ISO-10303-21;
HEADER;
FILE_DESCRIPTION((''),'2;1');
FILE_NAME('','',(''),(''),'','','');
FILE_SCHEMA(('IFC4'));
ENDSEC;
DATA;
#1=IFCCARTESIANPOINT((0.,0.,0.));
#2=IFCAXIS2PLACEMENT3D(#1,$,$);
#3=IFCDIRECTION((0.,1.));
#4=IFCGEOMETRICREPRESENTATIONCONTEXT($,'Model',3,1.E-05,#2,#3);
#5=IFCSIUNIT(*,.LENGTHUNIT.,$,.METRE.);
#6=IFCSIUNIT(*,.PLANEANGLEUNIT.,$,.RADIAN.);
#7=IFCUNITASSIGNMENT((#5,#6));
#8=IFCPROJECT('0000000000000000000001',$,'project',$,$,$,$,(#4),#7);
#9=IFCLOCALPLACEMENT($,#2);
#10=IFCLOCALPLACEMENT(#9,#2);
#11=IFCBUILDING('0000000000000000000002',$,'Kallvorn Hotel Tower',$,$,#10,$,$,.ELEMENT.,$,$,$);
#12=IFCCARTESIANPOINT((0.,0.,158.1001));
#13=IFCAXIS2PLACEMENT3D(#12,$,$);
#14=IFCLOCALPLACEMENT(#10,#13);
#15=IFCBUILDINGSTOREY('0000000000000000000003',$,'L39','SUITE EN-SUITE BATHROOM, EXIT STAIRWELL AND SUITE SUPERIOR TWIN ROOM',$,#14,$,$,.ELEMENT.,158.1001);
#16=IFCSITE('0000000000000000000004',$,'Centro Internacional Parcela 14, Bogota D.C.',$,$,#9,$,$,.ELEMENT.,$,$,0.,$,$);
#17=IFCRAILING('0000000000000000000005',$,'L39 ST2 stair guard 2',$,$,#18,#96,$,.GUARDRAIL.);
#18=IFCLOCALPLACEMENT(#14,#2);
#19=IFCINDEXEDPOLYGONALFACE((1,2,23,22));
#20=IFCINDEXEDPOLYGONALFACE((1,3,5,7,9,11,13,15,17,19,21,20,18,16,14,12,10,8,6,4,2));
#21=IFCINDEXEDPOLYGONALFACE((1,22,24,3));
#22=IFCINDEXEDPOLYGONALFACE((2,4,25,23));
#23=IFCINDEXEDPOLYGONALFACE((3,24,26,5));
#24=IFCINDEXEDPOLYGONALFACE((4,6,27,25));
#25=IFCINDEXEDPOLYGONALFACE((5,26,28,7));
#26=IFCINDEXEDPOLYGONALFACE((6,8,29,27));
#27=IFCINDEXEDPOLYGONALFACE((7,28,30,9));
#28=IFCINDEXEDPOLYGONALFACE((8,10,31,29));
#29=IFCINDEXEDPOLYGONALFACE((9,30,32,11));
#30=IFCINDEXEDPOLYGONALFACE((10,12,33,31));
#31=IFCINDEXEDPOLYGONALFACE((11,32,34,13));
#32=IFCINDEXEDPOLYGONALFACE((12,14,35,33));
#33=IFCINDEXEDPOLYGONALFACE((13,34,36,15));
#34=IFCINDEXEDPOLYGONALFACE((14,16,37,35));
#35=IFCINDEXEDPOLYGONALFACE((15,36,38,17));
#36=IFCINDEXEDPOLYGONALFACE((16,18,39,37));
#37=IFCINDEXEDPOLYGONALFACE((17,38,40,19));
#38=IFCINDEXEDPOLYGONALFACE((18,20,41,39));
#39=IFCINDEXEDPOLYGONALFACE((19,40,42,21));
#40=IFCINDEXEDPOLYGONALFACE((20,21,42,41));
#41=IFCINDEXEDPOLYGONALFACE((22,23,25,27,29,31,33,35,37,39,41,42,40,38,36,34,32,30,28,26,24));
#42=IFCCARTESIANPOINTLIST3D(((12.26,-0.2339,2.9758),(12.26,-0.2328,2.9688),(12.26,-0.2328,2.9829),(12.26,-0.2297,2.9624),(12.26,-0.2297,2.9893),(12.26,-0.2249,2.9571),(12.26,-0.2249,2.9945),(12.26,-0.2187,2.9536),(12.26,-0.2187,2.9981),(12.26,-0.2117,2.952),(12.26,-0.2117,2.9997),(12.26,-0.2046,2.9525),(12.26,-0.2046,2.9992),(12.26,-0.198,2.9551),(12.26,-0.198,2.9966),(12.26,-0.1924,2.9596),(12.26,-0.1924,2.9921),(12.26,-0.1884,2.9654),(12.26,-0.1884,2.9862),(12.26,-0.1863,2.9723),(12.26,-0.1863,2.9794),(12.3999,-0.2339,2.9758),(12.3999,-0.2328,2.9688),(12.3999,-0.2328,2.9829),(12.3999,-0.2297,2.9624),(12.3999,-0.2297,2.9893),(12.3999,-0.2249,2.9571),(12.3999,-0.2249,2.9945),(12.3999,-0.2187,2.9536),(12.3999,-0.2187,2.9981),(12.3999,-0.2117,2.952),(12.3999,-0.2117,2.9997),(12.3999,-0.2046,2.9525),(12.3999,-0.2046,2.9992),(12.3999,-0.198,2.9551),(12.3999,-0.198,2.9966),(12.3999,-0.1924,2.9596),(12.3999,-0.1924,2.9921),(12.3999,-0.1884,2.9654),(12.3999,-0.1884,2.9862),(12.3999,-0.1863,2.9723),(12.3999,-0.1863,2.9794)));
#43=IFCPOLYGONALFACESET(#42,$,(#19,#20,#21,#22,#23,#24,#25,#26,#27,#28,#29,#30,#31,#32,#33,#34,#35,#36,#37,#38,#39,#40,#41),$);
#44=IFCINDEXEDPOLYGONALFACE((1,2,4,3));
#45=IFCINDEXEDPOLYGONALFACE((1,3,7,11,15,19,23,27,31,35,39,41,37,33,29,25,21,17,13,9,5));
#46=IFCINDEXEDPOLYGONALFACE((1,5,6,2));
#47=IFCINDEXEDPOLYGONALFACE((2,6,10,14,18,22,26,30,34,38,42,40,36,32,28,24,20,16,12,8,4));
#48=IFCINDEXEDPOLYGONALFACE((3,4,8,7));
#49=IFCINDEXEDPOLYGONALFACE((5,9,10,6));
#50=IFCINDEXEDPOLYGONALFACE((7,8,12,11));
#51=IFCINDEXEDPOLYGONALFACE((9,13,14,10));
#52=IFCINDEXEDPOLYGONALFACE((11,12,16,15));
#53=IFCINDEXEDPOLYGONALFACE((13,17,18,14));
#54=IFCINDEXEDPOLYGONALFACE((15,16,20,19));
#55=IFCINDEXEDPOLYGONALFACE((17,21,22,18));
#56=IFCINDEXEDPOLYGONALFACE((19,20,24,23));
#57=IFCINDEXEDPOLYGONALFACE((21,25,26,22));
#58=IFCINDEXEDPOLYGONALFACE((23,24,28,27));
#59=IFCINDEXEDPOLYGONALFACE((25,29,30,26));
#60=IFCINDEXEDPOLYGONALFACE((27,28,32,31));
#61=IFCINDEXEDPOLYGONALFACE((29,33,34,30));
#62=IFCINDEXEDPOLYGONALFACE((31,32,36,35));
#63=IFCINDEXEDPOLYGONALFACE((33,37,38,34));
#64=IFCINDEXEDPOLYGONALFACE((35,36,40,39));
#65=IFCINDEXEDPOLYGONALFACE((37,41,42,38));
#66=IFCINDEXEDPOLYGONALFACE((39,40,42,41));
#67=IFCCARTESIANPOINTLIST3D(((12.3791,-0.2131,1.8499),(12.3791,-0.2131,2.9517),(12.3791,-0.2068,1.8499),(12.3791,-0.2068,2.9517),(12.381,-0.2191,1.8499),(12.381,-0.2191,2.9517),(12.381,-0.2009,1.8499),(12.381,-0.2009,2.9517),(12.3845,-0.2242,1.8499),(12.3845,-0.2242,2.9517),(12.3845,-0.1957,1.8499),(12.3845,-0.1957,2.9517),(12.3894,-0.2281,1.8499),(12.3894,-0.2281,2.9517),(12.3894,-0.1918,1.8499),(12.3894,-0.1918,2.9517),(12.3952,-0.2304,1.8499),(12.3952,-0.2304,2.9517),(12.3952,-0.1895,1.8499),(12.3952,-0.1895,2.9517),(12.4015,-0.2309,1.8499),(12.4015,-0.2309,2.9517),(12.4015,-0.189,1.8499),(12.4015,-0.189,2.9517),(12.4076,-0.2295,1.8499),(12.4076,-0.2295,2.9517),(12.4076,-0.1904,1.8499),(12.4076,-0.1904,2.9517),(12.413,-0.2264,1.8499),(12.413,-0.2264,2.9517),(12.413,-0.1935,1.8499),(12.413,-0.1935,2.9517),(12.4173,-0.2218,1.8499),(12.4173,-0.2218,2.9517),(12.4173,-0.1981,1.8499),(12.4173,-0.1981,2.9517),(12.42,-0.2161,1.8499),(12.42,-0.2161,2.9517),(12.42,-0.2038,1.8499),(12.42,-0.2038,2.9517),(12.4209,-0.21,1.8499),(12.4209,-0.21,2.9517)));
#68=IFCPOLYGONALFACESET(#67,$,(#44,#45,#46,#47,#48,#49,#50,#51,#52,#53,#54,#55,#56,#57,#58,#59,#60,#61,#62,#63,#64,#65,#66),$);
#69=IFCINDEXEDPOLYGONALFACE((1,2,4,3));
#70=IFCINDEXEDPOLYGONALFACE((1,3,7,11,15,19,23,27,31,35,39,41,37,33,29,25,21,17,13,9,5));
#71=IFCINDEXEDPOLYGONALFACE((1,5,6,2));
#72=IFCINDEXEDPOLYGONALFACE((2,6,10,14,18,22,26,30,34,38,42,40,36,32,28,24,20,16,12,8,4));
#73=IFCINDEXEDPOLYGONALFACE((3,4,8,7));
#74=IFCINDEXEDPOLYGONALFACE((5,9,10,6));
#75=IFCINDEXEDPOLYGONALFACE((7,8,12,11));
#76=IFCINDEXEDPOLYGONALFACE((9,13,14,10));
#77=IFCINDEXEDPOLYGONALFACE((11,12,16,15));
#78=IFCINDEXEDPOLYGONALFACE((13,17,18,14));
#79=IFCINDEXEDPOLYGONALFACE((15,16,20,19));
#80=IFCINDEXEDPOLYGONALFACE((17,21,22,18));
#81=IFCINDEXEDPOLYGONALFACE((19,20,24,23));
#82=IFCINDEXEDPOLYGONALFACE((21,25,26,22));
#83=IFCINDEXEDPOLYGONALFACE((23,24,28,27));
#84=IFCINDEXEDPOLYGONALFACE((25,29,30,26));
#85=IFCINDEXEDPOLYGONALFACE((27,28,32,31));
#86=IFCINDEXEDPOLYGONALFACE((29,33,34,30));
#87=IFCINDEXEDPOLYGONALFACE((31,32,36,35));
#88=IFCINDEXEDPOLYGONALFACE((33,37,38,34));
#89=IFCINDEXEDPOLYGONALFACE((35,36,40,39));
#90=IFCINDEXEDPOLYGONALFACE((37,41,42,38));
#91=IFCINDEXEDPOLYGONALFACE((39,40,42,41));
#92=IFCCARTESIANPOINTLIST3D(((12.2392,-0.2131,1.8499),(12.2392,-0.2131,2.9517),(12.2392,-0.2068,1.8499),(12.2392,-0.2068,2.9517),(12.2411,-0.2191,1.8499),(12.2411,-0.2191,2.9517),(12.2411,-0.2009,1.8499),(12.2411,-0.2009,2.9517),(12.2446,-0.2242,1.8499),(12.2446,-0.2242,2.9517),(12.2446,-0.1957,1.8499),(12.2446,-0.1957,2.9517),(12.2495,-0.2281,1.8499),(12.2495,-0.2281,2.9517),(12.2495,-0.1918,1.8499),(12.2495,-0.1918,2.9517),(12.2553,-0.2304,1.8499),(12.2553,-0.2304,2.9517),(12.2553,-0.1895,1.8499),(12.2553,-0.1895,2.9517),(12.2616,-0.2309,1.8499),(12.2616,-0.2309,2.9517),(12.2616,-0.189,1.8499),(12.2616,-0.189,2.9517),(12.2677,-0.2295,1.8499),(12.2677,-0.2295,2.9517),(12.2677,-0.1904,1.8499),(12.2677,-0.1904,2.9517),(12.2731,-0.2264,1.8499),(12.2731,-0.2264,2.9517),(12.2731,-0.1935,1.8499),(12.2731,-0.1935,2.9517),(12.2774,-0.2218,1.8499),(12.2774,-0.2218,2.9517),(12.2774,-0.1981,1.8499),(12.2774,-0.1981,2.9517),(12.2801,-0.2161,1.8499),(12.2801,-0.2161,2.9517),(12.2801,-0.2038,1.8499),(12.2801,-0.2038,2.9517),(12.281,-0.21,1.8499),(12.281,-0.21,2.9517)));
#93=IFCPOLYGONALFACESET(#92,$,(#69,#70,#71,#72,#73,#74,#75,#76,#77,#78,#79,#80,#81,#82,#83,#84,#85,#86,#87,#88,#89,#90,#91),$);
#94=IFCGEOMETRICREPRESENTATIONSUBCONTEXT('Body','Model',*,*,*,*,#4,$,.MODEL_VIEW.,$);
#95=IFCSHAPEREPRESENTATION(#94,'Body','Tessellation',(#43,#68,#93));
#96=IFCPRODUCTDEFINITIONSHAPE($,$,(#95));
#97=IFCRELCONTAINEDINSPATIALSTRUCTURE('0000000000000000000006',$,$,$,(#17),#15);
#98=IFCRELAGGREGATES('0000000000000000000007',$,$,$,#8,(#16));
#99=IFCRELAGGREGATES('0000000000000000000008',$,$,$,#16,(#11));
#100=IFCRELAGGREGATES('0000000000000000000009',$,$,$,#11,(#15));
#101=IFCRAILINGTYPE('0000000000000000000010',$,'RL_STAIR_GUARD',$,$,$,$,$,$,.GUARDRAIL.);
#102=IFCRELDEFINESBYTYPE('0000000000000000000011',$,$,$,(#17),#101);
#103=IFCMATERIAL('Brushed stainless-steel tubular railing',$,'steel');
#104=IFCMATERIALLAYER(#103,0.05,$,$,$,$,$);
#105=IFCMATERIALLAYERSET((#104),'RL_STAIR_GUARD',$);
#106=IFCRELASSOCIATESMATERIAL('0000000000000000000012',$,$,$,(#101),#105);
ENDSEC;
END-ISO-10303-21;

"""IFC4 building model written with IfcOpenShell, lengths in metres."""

from ifc_helpers import new_model, si_unit, direction, frame, origin, origin_2d, place, context, subcontext, project, spatial, circle, extrude, material, layer, layer_set, type_object, element, save


model = new_model("IFC4")

# Units and contexts
model_context = context("Model", 3, precision=1e-05, world=origin(), true_north=direction((0.0, 1.0)))
body_context = subcontext(model_context, "Body", "Model", "MODEL_VIEW")
ifc_project = project(units=[si_unit("LENGTHUNIT", "METRE"), si_unit("PLANEANGLEUNIT", "RADIAN")], contexts=[model_context])

# Site, building, storey
site_placement = place(None, origin())
site = spatial("IfcSite", under=ifc_project, at=site_placement, Name="Centro Internacional Parcela 14, Bogota D.C.", CompositionType="ELEMENT", RefElevation=0.0)
building_placement = place(site_placement, origin())
building = spatial("IfcBuilding", under=site, at=building_placement, Name="Kallvorn Hotel Tower", CompositionType="ELEMENT")
storey_placement = place(building_placement, frame((0.0, 0.0, 158.1001)))
storey = spatial("IfcBuildingStorey", under=building, at=storey_placement, Name="L39", Description="SUITE EN-SUITE BATHROOM, EXIT STAIRWELL AND SUITE SUPERIOR TWIN ROOM", CompositionType="ELEMENT", Elevation=158.1001)

# Railing
ifc_material_1 = material(Name="Brushed stainless-steel tubular railing", Category="steel")
ifc_layer_1 = layer(ifc_material_1, 0.05)
ifc_layer_set_1 = layer_set([ifc_layer_1], Name="RL_STAIR_GUARD")
railing_type_1 = type_object("IfcRailingType", Name="RL_STAIR_GUARD", PredefinedType="GUARDRAIL", material=ifc_layer_set_1)
railing_1_placement = place(storey_placement, frame((12.3999, -0.21, 1.8499)))
element("IfcRailing", 1, at=railing_1_placement, inside=storey, type_object=railing_type_1, Name="L39 ST2 stair guard 2", PredefinedType="GUARDRAIL", context=body_context, shape_type="SweptSolid", body=[
    extrude(circle(Radius=0.0239, at=origin_2d()), frame((0.0, 0.0, 1.126), z_axis=(-1.0, 0.0, 0.0), x_axis=(0.0, -1.0, 0.0)), (0.0, 0.0, 1.0), 0.1399),
    extrude(circle(Radius=0.021, at=origin_2d()), origin(), (0.0, 0.0, 1.0), 1.1018),
    extrude(circle(Radius=0.021, at=origin_2d()), frame((-0.1399, 0.0, 0.0)), (0.0, 0.0, 1.0), 1.1018),
])

save(model, "model.ifc")
